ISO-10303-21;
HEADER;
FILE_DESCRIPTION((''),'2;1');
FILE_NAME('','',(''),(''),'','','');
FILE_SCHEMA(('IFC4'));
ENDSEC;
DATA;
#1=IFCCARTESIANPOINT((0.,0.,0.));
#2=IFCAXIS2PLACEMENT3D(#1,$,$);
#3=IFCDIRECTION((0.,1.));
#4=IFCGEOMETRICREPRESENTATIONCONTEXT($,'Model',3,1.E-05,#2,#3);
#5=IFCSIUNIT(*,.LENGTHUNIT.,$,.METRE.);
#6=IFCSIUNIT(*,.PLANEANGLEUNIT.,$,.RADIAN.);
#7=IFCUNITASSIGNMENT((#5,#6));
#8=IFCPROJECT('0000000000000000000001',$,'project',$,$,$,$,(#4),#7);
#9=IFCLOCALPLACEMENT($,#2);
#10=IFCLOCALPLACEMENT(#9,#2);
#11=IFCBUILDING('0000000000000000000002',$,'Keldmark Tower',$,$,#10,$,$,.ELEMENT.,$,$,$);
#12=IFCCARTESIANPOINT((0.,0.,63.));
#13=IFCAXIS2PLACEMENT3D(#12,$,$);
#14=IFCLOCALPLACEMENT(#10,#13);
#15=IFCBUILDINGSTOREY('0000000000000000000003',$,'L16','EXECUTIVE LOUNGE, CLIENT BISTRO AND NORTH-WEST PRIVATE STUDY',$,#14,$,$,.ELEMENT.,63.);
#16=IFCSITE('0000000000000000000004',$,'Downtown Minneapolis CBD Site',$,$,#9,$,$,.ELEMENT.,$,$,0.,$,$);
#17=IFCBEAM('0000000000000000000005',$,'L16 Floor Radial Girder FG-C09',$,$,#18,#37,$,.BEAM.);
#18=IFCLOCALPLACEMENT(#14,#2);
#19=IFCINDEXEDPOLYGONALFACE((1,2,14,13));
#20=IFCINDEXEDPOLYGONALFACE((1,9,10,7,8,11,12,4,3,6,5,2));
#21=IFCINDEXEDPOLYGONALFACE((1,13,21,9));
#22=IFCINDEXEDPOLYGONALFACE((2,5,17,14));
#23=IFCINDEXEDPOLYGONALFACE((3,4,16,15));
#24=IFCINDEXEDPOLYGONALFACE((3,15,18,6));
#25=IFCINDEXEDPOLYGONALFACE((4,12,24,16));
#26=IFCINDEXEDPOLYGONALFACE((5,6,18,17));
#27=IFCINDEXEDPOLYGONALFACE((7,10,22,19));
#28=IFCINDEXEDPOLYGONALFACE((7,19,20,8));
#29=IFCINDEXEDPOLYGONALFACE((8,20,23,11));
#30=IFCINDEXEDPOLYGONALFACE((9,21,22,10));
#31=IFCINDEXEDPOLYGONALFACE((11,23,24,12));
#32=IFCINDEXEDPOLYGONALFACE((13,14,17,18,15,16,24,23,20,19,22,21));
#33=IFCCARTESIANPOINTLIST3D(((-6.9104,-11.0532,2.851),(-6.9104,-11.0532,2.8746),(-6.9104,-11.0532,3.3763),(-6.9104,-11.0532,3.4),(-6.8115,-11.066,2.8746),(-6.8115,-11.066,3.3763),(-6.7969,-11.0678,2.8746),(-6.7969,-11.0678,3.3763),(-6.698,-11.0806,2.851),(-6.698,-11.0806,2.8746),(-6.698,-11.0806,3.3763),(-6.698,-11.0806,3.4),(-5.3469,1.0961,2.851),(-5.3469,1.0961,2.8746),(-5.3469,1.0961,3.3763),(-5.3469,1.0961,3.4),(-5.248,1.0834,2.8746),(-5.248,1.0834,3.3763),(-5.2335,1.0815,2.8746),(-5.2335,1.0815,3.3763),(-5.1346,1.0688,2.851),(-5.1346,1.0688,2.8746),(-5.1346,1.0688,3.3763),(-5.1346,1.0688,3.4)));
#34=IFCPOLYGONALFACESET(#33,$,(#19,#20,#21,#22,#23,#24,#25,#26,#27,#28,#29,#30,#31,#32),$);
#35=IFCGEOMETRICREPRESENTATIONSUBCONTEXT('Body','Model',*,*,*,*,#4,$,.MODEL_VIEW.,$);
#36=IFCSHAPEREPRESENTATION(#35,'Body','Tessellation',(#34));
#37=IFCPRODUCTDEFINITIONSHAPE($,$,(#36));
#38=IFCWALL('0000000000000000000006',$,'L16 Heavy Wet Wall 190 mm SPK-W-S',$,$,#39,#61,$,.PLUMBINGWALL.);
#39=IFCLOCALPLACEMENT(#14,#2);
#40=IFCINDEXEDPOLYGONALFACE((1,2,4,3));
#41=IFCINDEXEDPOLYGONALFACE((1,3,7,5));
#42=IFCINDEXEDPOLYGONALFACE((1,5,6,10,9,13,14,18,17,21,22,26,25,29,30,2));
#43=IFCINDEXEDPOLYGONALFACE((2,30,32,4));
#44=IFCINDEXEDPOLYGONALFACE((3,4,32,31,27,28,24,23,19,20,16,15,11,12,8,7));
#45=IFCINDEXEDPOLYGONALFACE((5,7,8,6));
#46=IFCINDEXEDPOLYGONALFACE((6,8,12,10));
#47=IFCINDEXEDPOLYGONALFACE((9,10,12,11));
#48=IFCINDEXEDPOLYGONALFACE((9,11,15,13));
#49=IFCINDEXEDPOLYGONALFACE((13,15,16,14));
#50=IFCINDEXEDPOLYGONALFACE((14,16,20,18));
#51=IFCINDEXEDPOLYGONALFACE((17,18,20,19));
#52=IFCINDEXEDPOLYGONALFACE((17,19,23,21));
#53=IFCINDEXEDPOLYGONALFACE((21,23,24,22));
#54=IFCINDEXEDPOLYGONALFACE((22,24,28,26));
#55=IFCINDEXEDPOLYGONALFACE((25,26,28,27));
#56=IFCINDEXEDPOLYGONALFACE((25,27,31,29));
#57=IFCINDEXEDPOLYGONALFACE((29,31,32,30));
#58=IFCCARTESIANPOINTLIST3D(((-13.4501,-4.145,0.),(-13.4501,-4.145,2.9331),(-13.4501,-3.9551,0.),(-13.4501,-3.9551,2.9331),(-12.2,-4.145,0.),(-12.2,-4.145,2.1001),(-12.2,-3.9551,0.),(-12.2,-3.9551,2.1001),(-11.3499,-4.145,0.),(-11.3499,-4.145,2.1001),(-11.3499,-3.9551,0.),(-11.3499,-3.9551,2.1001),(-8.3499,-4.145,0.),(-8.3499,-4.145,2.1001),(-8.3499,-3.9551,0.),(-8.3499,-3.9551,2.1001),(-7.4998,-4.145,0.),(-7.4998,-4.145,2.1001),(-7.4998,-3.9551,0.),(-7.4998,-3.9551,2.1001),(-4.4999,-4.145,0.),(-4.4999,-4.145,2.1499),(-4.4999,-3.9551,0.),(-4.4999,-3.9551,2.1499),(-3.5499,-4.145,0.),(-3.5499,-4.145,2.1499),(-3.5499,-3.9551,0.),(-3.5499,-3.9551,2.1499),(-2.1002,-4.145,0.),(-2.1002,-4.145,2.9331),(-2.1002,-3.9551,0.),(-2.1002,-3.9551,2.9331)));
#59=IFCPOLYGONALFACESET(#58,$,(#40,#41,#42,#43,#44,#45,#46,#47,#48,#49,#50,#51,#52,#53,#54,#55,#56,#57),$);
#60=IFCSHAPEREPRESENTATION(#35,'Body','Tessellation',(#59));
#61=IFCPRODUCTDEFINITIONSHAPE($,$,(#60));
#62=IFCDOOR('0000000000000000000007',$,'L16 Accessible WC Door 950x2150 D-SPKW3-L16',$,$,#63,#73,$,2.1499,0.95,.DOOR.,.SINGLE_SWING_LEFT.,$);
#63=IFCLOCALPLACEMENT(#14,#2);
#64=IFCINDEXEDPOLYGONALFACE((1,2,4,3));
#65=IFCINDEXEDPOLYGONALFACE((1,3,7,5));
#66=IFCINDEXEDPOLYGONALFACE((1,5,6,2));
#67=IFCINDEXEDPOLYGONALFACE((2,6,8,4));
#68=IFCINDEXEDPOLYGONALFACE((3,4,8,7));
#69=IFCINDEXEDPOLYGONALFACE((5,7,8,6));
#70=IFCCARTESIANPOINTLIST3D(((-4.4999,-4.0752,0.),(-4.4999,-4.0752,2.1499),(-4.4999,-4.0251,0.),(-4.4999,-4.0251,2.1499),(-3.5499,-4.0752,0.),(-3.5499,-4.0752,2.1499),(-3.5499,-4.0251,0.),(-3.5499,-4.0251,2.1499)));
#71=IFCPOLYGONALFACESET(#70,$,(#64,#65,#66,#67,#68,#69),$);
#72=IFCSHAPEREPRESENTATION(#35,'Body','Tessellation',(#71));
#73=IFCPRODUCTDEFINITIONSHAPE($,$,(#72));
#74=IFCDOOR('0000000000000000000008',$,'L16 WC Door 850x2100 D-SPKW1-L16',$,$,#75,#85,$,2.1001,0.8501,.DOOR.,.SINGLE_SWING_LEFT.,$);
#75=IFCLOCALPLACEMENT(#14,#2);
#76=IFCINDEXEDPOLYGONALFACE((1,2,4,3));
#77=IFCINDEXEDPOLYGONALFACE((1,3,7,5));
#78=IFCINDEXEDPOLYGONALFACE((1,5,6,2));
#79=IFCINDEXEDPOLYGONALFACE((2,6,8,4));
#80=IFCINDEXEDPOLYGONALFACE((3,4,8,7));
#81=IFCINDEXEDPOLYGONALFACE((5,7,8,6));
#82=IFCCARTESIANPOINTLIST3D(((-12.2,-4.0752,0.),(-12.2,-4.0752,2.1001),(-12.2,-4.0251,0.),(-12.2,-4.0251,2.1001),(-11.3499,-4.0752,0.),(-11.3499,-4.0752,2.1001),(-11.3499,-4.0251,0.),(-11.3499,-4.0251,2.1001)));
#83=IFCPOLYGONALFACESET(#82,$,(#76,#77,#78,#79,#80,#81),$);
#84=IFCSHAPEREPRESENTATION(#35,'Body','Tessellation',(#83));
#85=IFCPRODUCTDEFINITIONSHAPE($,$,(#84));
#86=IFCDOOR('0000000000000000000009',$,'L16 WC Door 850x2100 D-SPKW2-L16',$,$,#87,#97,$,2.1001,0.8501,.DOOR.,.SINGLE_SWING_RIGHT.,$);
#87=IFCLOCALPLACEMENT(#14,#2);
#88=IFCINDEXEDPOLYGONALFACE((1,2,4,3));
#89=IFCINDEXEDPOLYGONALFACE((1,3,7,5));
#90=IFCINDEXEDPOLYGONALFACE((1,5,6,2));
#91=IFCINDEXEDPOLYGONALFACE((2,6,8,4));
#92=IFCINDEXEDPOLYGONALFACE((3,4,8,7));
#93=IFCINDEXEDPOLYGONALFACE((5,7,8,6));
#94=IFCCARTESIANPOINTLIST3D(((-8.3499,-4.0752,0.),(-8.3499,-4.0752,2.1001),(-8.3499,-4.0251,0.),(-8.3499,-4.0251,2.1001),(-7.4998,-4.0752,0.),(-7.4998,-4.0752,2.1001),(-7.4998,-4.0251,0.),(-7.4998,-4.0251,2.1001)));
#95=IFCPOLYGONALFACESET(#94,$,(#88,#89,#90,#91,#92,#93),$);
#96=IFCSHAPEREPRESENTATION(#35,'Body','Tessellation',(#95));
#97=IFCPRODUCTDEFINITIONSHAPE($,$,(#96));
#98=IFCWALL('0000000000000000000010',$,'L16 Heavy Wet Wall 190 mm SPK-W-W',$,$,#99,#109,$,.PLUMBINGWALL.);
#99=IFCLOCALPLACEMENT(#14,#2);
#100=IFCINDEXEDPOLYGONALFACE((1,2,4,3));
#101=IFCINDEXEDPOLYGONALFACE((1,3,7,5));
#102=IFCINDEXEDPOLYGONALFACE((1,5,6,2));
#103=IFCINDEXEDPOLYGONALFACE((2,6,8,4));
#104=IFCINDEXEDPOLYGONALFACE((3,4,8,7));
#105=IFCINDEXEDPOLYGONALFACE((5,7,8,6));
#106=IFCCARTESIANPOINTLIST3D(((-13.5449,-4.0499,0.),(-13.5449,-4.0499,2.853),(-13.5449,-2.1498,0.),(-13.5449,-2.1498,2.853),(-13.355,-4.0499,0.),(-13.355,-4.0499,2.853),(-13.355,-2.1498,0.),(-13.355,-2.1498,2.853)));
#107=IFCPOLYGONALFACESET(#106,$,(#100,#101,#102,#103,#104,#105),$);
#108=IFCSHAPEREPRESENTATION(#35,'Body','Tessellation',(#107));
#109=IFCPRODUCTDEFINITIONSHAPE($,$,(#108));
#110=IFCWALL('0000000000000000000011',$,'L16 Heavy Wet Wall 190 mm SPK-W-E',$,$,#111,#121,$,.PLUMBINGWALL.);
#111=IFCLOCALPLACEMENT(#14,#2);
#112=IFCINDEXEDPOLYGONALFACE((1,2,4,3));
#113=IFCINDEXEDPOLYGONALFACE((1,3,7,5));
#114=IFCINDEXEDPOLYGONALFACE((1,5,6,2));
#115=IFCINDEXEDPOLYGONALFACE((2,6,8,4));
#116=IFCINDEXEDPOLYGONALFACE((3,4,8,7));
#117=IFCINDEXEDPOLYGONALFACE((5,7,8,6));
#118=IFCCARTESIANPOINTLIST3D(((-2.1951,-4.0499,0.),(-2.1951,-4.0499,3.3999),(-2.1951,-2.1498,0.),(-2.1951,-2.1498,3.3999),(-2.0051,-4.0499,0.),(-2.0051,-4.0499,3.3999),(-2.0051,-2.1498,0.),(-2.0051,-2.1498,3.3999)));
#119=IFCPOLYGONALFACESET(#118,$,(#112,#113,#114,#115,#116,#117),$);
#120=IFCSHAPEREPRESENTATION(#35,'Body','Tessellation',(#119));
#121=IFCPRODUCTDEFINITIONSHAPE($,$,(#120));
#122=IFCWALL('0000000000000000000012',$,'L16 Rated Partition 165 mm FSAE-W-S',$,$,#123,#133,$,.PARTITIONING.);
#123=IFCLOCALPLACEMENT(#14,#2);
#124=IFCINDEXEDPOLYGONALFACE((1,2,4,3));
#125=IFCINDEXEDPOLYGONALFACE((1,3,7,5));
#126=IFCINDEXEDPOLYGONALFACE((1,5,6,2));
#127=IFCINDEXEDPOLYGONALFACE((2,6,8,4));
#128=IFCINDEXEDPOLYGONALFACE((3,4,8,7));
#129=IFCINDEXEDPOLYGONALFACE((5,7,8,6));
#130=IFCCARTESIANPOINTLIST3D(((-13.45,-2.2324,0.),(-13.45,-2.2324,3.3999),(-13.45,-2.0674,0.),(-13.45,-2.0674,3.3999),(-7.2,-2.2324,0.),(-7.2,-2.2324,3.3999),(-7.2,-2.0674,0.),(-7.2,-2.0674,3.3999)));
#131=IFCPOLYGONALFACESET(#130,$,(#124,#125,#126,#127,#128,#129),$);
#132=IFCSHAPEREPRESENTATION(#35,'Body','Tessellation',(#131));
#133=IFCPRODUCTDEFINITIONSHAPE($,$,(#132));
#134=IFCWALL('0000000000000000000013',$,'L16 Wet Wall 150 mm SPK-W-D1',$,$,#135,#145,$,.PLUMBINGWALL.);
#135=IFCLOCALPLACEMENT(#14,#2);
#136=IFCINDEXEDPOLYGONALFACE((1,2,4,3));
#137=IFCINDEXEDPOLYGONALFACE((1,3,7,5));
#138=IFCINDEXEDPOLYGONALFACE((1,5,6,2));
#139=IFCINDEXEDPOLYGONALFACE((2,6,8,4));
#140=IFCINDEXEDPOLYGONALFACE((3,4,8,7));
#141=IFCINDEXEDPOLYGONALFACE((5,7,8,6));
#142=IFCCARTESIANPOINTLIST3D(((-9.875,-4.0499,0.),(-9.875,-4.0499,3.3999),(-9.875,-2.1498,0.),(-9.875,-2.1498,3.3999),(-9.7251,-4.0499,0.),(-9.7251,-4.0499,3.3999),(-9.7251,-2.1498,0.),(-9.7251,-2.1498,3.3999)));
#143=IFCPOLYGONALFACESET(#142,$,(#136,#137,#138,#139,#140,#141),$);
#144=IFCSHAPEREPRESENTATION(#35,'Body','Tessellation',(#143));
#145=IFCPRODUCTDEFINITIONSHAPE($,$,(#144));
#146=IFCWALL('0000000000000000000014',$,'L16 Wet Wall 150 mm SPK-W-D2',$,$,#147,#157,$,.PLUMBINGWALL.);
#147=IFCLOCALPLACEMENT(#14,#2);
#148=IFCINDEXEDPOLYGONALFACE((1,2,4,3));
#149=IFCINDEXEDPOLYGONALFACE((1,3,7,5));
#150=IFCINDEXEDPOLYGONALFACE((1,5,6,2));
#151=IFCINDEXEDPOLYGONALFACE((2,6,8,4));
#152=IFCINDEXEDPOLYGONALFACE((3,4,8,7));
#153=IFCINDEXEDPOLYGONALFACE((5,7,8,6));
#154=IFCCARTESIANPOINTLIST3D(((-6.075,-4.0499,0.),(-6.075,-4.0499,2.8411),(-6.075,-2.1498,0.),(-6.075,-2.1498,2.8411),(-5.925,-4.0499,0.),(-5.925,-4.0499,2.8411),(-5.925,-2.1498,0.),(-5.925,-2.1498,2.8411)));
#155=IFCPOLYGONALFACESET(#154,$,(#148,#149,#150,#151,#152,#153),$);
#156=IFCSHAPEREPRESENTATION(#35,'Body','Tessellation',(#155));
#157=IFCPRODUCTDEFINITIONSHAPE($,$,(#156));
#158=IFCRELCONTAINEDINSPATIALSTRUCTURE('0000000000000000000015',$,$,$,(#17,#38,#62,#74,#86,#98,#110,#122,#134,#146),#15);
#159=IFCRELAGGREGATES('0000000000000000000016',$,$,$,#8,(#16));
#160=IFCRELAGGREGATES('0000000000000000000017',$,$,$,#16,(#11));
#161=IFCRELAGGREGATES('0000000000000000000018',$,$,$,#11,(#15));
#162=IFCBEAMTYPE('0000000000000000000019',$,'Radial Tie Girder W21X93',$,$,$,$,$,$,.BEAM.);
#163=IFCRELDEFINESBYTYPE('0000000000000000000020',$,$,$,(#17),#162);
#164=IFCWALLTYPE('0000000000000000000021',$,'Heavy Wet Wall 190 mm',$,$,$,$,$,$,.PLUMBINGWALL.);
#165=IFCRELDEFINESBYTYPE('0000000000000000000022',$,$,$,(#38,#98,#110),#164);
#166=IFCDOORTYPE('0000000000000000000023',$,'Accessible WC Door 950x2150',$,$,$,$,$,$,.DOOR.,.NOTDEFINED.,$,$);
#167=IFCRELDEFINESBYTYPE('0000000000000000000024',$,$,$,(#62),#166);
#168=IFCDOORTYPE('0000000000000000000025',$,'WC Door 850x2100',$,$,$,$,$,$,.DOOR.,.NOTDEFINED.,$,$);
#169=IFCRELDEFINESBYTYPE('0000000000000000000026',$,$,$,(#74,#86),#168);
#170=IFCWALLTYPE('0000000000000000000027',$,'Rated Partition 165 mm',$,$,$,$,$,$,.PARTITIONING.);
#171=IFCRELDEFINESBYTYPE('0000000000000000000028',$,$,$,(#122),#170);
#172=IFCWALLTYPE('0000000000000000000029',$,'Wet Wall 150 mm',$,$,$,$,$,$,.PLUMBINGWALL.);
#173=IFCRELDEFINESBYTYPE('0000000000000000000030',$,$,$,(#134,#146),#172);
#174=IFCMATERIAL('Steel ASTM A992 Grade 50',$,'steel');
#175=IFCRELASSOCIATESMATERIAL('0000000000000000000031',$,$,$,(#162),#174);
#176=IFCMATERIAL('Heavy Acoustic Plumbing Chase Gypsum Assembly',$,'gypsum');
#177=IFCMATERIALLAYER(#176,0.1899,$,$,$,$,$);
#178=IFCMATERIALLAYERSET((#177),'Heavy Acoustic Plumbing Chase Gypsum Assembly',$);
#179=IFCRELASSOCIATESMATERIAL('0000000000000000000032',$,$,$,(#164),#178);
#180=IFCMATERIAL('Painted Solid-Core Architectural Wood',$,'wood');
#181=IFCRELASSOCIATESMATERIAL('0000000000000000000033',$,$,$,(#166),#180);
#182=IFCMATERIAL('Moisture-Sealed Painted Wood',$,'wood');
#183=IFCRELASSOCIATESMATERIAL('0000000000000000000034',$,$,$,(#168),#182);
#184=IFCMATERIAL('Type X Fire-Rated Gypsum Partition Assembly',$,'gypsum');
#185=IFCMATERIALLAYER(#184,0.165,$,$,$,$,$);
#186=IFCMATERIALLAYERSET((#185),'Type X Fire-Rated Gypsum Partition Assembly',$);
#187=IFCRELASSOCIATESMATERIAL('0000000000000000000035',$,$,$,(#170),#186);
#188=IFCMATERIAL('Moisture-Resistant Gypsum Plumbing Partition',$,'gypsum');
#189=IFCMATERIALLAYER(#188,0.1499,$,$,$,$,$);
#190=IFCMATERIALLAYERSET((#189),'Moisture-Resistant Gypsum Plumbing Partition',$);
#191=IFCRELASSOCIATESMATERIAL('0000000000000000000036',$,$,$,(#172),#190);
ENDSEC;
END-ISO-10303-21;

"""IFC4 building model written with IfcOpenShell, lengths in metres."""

from ifc_helpers import new_model, si_unit, direction, frame, frame_2d, origin, origin_2d, place, context, subcontext, project, spatial, rectangle, i_section, extrude, material, layer, layer_set, material_profile, profile_set, type_object, element, fill, save


model = new_model("IFC4")

# Units and contexts
model_context = context("Model", 3, precision=1e-05, world=origin(), true_north=direction((0.0, 1.0)))
body_context = subcontext(model_context, "Body", "Model", "MODEL_VIEW")
ifc_project = project(units=[si_unit("LENGTHUNIT", "METRE"), si_unit("PLANEANGLEUNIT", "RADIAN")], contexts=[model_context])

# Site, building, storey
site_placement = place(None, origin())
site = spatial("IfcSite", under=ifc_project, at=site_placement, Name="Downtown Minneapolis CBD Site", CompositionType="ELEMENT", RefElevation=0.0)
building_placement = place(site_placement, origin())
building = spatial("IfcBuilding", under=site, at=building_placement, Name="Keldmark Tower", CompositionType="ELEMENT")
storey_placement = place(building_placement, frame((0.0, 0.0, 63.0)))
storey = spatial("IfcBuildingStorey", under=building, at=storey_placement, Name="L16", Description="EXECUTIVE LOUNGE, CLIENT BISTRO AND NORTH-WEST PRIVATE STUDY", CompositionType="ELEMENT", Elevation=63.0)

# Beam
ifc_material_1 = material(Name="Steel ASTM A992 Grade 50", Category="steel")
ifc_material_profile_1 = material_profile(ifc_material_1, i_section(OverallWidth=0.2141, OverallDepth=0.5491, WebThickness=0.0146, FlangeThickness=0.0237, at=origin_2d()), Name="W21X93")
ifc_profile_set_1 = profile_set([ifc_material_profile_1], Name="Steel ASTM A992 Grade 50")
beam_type_1 = type_object("IfcBeamType", Name="Radial Tie Girder W21X93", PredefinedType="BEAM", material=ifc_profile_set_1)
beam_1_placement = place(storey_placement, frame((-6.8042, -11.0669, 3.1255), z_axis=(0.127635, 0.991821, 0.0), x_axis=(-0.991821, 0.127635, 0.0)))
element("IfcBeam", 1, at=beam_1_placement, inside=storey, type_object=beam_type_1, Name="L16 Floor Radial Girder FG-C09", PredefinedType="BEAM", context=body_context, shape_type="SweptSolid", body=[
    extrude(i_section(OverallWidth=0.2141, OverallDepth=0.5491, WebThickness=0.0146, FlangeThickness=0.0237, at=origin_2d()), origin(), (0.0, 0.0, 1.0), 12.2495),
])

# Wall, openings, doors
ifc_material_2 = material(Name="Heavy Acoustic Plumbing Chase Gypsum Assembly", Category="gypsum")
ifc_layer_1 = layer(ifc_material_2, 0.1899)
ifc_layer_set_1 = layer_set([ifc_layer_1], Name="Heavy Acoustic Plumbing Chase Gypsum Assembly")
wall_type_1 = type_object("IfcWallType", Name="Heavy Wet Wall 190 mm", PredefinedType="PLUMBINGWALL", material=ifc_layer_set_1)
wall_1_placement = place(storey_placement, frame((-13.45, -4.05, 0.0), z_axis=(0.0, 0.0, 1.0), x_axis=(1.0, 0.0, 0.0)))
wall_1 = element("IfcWall", 2, at=wall_1_placement, inside=storey, type_object=wall_type_1, Name="L16 Heavy Wet Wall 190 mm SPK-W-S", PredefinedType="PLUMBINGWALL", context=body_context, shape_type="SweptSolid", body=[
    extrude(rectangle(XDim=11.3499, YDim=0.1899, at=frame_2d((5.6748, 0.0))), origin(), (0.0, 0.0, 1.0), 2.9331),
])
opening_1_placement = place(wall_1_placement, frame((1.25, 0.0, 0.0)))
opening_1 = element("IfcOpeningElement", 3, at=opening_1_placement, cuts=wall_1, PredefinedType="OPENING", context=body_context, shape_type="SweptSolid", body=[
    extrude(rectangle(XDim=0.8501, YDim=2.1001, at=frame_2d((0.425, 1.05))), frame((0.0, 0.105, 0.0), z_axis=(0.0, -1.0, 0.0), x_axis=(1.0, 0.0, 0.0)), (0.0, 0.0, 1.0), 0.21),
])
opening_2_placement = place(wall_1_placement, frame((5.1001, 0.0, 0.0)))
opening_2 = element("IfcOpeningElement", 4, at=opening_2_placement, cuts=wall_1, PredefinedType="OPENING", context=body_context, shape_type="SweptSolid", body=[
    extrude(rectangle(XDim=0.8501, YDim=2.1001, at=frame_2d((0.425, 1.05))), frame((0.0, 0.105, 0.0), z_axis=(0.0, -1.0, 0.0), x_axis=(1.0, 0.0, 0.0)), (0.0, 0.0, 1.0), 0.21),
])
opening_3_placement = place(wall_1_placement, frame((8.95, 0.0, 0.0)))
opening_3 = element("IfcOpeningElement", 5, at=opening_3_placement, cuts=wall_1, PredefinedType="OPENING", context=body_context, shape_type="SweptSolid", body=[
    extrude(rectangle(XDim=0.95, YDim=2.1499, at=frame_2d((0.4751, 1.075))), frame((0.0, 0.105, 0.0), z_axis=(0.0, -1.0, 0.0), x_axis=(1.0, 0.0, 0.0)), (0.0, 0.0, 1.0), 0.21),
])
ifc_material_3 = material(Name="Painted Solid-Core Architectural Wood", Category="wood")
door_type_1 = type_object("IfcDoorType", Name="Accessible WC Door 950x2150", OperationType="NOTDEFINED", PredefinedType="DOOR", material=ifc_material_3)
door_1_placement = place(opening_3_placement, origin())
door_1 = element("IfcDoor", 6, at=door_1_placement, inside=storey, type_object=door_type_1, Name="L16 Accessible WC Door 950x2150 D-SPKW3-L16", OperationType="SINGLE_SWING_LEFT", OverallHeight=2.1499, OverallWidth=0.95, PredefinedType="DOOR", context=body_context, shape_type="SweptSolid", body=[
    extrude(rectangle(XDim=0.95, YDim=2.1499, at=frame_2d((0.4751, 1.075))), frame((0.0, 0.0249, 0.0), z_axis=(0.0, -1.0, 0.0), x_axis=(1.0, 0.0, 0.0)), (0.0, 0.0, 1.0), 0.05),
])
fill(opening_3, door_1)
ifc_material_4 = material(Name="Moisture-Sealed Painted Wood", Category="wood")
door_type_2 = type_object("IfcDoorType", Name="WC Door 850x2100", OperationType="NOTDEFINED", PredefinedType="DOOR", material=ifc_material_4)
door_2_placement = place(opening_1_placement, origin())
door_2 = element("IfcDoor", 7, at=door_2_placement, inside=storey, type_object=door_type_2, Name="L16 WC Door 850x2100 D-SPKW1-L16", OperationType="SINGLE_SWING_LEFT", OverallHeight=2.1001, OverallWidth=0.8501, PredefinedType="DOOR", context=body_context, shape_type="SweptSolid", body=[
    extrude(rectangle(XDim=0.8501, YDim=2.1001, at=frame_2d((0.425, 1.05))), frame((0.0, 0.0249, 0.0), z_axis=(0.0, -1.0, 0.0), x_axis=(1.0, 0.0, 0.0)), (0.0, 0.0, 1.0), 0.05),
])
fill(opening_1, door_2)
door_3_placement = place(opening_2_placement, origin())
door_3 = element("IfcDoor", 8, at=door_3_placement, inside=storey, type_object=door_type_2, Name="L16 WC Door 850x2100 D-SPKW2-L16", OperationType="SINGLE_SWING_RIGHT", OverallHeight=2.1001, OverallWidth=0.8501, PredefinedType="DOOR", context=body_context, shape_type="SweptSolid", body=[
    extrude(rectangle(XDim=0.8501, YDim=2.1001, at=frame_2d((0.425, 1.05))), frame((0.0, 0.0249, 0.0), z_axis=(0.0, -1.0, 0.0), x_axis=(1.0, 0.0, 0.0)), (0.0, 0.0, 1.0), 0.05),
])
fill(opening_2, door_3)

# Walls
wall_2_placement = place(storey_placement, frame((-13.45, -4.05, 0.0), z_axis=(0.0, 0.0, 1.0), x_axis=(0.0, 1.0, 0.0)))
element("IfcWall", 9, at=wall_2_placement, inside=storey, type_object=wall_type_1, Name="L16 Heavy Wet Wall 190 mm SPK-W-W", PredefinedType="PLUMBINGWALL", context=body_context, shape_type="SweptSolid", body=[
    extrude(rectangle(XDim=1.9001, YDim=0.1899, at=frame_2d((0.9502, 0.0))), origin(), (0.0, 0.0, 1.0), 2.853),
])
wall_3_placement = place(storey_placement, frame((-2.1001, -4.05, 0.0), z_axis=(0.0, 0.0, 1.0), x_axis=(0.0, 1.0, 0.0)))
element("IfcWall", 10, at=wall_3_placement, inside=storey, type_object=wall_type_1, Name="L16 Heavy Wet Wall 190 mm SPK-W-E", PredefinedType="PLUMBINGWALL", context=body_context, shape_type="SweptSolid", body=[
    extrude(rectangle(XDim=1.9001, YDim=0.1899, at=frame_2d((0.9502, 0.0))), origin(), (0.0, 0.0, 1.0), 3.3999),
])
ifc_material_5 = material(Name="Type X Fire-Rated Gypsum Partition Assembly", Category="gypsum")
ifc_layer_2 = layer(ifc_material_5, 0.165)
ifc_layer_set_2 = layer_set([ifc_layer_2], Name="Type X Fire-Rated Gypsum Partition Assembly")
wall_type_2 = type_object("IfcWallType", Name="Rated Partition 165 mm", PredefinedType="PARTITIONING", material=ifc_layer_set_2)
wall_4_placement = place(storey_placement, frame((-13.45, -2.1499, 0.0), z_axis=(0.0, 0.0, 1.0), x_axis=(1.0, 0.0, 0.0)))
element("IfcWall", 11, at=wall_4_placement, inside=storey, type_object=wall_type_2, Name="L16 Rated Partition 165 mm FSAE-W-S", PredefinedType="PARTITIONING", context=body_context, shape_type="SweptSolid", body=[
    extrude(rectangle(XDim=6.25, YDim=0.165, at=frame_2d((3.125, 0.0))), origin(), (0.0, 0.0, 1.0), 3.3999),
])
ifc_material_6 = material(Name="Moisture-Resistant Gypsum Plumbing Partition", Category="gypsum")
ifc_layer_3 = layer(ifc_material_6, 0.1499)
ifc_layer_set_3 = layer_set([ifc_layer_3], Name="Moisture-Resistant Gypsum Plumbing Partition")
wall_type_3 = type_object("IfcWallType", Name="Wet Wall 150 mm", PredefinedType="PLUMBINGWALL", material=ifc_layer_set_3)
wall_5_placement = place(storey_placement, frame((-9.8, -4.05, 0.0), z_axis=(0.0, 0.0, 1.0), x_axis=(0.0, 1.0, 0.0)))
element("IfcWall", 12, at=wall_5_placement, inside=storey, type_object=wall_type_3, Name="L16 Wet Wall 150 mm SPK-W-D1", PredefinedType="PLUMBINGWALL", context=body_context, shape_type="SweptSolid", body=[
    extrude(rectangle(XDim=1.9001, YDim=0.1499, at=frame_2d((0.9502, 0.0))), origin(), (0.0, 0.0, 1.0), 3.3999),
])
wall_6_placement = place(storey_placement, frame((-6.0, -4.05, 0.0), z_axis=(0.0, 0.0, 1.0), x_axis=(0.0, 1.0, 0.0)))
element("IfcWall", 13, at=wall_6_placement, inside=storey, type_object=wall_type_3, Name="L16 Wet Wall 150 mm SPK-W-D2", PredefinedType="PLUMBINGWALL", context=body_context, shape_type="SweptSolid", body=[
    extrude(rectangle(XDim=1.9001, YDim=0.1499, at=frame_2d((0.9502, 0.0))), origin(), (0.0, 0.0, 1.0), 2.8411),
])

save(model, "model.ifc")
